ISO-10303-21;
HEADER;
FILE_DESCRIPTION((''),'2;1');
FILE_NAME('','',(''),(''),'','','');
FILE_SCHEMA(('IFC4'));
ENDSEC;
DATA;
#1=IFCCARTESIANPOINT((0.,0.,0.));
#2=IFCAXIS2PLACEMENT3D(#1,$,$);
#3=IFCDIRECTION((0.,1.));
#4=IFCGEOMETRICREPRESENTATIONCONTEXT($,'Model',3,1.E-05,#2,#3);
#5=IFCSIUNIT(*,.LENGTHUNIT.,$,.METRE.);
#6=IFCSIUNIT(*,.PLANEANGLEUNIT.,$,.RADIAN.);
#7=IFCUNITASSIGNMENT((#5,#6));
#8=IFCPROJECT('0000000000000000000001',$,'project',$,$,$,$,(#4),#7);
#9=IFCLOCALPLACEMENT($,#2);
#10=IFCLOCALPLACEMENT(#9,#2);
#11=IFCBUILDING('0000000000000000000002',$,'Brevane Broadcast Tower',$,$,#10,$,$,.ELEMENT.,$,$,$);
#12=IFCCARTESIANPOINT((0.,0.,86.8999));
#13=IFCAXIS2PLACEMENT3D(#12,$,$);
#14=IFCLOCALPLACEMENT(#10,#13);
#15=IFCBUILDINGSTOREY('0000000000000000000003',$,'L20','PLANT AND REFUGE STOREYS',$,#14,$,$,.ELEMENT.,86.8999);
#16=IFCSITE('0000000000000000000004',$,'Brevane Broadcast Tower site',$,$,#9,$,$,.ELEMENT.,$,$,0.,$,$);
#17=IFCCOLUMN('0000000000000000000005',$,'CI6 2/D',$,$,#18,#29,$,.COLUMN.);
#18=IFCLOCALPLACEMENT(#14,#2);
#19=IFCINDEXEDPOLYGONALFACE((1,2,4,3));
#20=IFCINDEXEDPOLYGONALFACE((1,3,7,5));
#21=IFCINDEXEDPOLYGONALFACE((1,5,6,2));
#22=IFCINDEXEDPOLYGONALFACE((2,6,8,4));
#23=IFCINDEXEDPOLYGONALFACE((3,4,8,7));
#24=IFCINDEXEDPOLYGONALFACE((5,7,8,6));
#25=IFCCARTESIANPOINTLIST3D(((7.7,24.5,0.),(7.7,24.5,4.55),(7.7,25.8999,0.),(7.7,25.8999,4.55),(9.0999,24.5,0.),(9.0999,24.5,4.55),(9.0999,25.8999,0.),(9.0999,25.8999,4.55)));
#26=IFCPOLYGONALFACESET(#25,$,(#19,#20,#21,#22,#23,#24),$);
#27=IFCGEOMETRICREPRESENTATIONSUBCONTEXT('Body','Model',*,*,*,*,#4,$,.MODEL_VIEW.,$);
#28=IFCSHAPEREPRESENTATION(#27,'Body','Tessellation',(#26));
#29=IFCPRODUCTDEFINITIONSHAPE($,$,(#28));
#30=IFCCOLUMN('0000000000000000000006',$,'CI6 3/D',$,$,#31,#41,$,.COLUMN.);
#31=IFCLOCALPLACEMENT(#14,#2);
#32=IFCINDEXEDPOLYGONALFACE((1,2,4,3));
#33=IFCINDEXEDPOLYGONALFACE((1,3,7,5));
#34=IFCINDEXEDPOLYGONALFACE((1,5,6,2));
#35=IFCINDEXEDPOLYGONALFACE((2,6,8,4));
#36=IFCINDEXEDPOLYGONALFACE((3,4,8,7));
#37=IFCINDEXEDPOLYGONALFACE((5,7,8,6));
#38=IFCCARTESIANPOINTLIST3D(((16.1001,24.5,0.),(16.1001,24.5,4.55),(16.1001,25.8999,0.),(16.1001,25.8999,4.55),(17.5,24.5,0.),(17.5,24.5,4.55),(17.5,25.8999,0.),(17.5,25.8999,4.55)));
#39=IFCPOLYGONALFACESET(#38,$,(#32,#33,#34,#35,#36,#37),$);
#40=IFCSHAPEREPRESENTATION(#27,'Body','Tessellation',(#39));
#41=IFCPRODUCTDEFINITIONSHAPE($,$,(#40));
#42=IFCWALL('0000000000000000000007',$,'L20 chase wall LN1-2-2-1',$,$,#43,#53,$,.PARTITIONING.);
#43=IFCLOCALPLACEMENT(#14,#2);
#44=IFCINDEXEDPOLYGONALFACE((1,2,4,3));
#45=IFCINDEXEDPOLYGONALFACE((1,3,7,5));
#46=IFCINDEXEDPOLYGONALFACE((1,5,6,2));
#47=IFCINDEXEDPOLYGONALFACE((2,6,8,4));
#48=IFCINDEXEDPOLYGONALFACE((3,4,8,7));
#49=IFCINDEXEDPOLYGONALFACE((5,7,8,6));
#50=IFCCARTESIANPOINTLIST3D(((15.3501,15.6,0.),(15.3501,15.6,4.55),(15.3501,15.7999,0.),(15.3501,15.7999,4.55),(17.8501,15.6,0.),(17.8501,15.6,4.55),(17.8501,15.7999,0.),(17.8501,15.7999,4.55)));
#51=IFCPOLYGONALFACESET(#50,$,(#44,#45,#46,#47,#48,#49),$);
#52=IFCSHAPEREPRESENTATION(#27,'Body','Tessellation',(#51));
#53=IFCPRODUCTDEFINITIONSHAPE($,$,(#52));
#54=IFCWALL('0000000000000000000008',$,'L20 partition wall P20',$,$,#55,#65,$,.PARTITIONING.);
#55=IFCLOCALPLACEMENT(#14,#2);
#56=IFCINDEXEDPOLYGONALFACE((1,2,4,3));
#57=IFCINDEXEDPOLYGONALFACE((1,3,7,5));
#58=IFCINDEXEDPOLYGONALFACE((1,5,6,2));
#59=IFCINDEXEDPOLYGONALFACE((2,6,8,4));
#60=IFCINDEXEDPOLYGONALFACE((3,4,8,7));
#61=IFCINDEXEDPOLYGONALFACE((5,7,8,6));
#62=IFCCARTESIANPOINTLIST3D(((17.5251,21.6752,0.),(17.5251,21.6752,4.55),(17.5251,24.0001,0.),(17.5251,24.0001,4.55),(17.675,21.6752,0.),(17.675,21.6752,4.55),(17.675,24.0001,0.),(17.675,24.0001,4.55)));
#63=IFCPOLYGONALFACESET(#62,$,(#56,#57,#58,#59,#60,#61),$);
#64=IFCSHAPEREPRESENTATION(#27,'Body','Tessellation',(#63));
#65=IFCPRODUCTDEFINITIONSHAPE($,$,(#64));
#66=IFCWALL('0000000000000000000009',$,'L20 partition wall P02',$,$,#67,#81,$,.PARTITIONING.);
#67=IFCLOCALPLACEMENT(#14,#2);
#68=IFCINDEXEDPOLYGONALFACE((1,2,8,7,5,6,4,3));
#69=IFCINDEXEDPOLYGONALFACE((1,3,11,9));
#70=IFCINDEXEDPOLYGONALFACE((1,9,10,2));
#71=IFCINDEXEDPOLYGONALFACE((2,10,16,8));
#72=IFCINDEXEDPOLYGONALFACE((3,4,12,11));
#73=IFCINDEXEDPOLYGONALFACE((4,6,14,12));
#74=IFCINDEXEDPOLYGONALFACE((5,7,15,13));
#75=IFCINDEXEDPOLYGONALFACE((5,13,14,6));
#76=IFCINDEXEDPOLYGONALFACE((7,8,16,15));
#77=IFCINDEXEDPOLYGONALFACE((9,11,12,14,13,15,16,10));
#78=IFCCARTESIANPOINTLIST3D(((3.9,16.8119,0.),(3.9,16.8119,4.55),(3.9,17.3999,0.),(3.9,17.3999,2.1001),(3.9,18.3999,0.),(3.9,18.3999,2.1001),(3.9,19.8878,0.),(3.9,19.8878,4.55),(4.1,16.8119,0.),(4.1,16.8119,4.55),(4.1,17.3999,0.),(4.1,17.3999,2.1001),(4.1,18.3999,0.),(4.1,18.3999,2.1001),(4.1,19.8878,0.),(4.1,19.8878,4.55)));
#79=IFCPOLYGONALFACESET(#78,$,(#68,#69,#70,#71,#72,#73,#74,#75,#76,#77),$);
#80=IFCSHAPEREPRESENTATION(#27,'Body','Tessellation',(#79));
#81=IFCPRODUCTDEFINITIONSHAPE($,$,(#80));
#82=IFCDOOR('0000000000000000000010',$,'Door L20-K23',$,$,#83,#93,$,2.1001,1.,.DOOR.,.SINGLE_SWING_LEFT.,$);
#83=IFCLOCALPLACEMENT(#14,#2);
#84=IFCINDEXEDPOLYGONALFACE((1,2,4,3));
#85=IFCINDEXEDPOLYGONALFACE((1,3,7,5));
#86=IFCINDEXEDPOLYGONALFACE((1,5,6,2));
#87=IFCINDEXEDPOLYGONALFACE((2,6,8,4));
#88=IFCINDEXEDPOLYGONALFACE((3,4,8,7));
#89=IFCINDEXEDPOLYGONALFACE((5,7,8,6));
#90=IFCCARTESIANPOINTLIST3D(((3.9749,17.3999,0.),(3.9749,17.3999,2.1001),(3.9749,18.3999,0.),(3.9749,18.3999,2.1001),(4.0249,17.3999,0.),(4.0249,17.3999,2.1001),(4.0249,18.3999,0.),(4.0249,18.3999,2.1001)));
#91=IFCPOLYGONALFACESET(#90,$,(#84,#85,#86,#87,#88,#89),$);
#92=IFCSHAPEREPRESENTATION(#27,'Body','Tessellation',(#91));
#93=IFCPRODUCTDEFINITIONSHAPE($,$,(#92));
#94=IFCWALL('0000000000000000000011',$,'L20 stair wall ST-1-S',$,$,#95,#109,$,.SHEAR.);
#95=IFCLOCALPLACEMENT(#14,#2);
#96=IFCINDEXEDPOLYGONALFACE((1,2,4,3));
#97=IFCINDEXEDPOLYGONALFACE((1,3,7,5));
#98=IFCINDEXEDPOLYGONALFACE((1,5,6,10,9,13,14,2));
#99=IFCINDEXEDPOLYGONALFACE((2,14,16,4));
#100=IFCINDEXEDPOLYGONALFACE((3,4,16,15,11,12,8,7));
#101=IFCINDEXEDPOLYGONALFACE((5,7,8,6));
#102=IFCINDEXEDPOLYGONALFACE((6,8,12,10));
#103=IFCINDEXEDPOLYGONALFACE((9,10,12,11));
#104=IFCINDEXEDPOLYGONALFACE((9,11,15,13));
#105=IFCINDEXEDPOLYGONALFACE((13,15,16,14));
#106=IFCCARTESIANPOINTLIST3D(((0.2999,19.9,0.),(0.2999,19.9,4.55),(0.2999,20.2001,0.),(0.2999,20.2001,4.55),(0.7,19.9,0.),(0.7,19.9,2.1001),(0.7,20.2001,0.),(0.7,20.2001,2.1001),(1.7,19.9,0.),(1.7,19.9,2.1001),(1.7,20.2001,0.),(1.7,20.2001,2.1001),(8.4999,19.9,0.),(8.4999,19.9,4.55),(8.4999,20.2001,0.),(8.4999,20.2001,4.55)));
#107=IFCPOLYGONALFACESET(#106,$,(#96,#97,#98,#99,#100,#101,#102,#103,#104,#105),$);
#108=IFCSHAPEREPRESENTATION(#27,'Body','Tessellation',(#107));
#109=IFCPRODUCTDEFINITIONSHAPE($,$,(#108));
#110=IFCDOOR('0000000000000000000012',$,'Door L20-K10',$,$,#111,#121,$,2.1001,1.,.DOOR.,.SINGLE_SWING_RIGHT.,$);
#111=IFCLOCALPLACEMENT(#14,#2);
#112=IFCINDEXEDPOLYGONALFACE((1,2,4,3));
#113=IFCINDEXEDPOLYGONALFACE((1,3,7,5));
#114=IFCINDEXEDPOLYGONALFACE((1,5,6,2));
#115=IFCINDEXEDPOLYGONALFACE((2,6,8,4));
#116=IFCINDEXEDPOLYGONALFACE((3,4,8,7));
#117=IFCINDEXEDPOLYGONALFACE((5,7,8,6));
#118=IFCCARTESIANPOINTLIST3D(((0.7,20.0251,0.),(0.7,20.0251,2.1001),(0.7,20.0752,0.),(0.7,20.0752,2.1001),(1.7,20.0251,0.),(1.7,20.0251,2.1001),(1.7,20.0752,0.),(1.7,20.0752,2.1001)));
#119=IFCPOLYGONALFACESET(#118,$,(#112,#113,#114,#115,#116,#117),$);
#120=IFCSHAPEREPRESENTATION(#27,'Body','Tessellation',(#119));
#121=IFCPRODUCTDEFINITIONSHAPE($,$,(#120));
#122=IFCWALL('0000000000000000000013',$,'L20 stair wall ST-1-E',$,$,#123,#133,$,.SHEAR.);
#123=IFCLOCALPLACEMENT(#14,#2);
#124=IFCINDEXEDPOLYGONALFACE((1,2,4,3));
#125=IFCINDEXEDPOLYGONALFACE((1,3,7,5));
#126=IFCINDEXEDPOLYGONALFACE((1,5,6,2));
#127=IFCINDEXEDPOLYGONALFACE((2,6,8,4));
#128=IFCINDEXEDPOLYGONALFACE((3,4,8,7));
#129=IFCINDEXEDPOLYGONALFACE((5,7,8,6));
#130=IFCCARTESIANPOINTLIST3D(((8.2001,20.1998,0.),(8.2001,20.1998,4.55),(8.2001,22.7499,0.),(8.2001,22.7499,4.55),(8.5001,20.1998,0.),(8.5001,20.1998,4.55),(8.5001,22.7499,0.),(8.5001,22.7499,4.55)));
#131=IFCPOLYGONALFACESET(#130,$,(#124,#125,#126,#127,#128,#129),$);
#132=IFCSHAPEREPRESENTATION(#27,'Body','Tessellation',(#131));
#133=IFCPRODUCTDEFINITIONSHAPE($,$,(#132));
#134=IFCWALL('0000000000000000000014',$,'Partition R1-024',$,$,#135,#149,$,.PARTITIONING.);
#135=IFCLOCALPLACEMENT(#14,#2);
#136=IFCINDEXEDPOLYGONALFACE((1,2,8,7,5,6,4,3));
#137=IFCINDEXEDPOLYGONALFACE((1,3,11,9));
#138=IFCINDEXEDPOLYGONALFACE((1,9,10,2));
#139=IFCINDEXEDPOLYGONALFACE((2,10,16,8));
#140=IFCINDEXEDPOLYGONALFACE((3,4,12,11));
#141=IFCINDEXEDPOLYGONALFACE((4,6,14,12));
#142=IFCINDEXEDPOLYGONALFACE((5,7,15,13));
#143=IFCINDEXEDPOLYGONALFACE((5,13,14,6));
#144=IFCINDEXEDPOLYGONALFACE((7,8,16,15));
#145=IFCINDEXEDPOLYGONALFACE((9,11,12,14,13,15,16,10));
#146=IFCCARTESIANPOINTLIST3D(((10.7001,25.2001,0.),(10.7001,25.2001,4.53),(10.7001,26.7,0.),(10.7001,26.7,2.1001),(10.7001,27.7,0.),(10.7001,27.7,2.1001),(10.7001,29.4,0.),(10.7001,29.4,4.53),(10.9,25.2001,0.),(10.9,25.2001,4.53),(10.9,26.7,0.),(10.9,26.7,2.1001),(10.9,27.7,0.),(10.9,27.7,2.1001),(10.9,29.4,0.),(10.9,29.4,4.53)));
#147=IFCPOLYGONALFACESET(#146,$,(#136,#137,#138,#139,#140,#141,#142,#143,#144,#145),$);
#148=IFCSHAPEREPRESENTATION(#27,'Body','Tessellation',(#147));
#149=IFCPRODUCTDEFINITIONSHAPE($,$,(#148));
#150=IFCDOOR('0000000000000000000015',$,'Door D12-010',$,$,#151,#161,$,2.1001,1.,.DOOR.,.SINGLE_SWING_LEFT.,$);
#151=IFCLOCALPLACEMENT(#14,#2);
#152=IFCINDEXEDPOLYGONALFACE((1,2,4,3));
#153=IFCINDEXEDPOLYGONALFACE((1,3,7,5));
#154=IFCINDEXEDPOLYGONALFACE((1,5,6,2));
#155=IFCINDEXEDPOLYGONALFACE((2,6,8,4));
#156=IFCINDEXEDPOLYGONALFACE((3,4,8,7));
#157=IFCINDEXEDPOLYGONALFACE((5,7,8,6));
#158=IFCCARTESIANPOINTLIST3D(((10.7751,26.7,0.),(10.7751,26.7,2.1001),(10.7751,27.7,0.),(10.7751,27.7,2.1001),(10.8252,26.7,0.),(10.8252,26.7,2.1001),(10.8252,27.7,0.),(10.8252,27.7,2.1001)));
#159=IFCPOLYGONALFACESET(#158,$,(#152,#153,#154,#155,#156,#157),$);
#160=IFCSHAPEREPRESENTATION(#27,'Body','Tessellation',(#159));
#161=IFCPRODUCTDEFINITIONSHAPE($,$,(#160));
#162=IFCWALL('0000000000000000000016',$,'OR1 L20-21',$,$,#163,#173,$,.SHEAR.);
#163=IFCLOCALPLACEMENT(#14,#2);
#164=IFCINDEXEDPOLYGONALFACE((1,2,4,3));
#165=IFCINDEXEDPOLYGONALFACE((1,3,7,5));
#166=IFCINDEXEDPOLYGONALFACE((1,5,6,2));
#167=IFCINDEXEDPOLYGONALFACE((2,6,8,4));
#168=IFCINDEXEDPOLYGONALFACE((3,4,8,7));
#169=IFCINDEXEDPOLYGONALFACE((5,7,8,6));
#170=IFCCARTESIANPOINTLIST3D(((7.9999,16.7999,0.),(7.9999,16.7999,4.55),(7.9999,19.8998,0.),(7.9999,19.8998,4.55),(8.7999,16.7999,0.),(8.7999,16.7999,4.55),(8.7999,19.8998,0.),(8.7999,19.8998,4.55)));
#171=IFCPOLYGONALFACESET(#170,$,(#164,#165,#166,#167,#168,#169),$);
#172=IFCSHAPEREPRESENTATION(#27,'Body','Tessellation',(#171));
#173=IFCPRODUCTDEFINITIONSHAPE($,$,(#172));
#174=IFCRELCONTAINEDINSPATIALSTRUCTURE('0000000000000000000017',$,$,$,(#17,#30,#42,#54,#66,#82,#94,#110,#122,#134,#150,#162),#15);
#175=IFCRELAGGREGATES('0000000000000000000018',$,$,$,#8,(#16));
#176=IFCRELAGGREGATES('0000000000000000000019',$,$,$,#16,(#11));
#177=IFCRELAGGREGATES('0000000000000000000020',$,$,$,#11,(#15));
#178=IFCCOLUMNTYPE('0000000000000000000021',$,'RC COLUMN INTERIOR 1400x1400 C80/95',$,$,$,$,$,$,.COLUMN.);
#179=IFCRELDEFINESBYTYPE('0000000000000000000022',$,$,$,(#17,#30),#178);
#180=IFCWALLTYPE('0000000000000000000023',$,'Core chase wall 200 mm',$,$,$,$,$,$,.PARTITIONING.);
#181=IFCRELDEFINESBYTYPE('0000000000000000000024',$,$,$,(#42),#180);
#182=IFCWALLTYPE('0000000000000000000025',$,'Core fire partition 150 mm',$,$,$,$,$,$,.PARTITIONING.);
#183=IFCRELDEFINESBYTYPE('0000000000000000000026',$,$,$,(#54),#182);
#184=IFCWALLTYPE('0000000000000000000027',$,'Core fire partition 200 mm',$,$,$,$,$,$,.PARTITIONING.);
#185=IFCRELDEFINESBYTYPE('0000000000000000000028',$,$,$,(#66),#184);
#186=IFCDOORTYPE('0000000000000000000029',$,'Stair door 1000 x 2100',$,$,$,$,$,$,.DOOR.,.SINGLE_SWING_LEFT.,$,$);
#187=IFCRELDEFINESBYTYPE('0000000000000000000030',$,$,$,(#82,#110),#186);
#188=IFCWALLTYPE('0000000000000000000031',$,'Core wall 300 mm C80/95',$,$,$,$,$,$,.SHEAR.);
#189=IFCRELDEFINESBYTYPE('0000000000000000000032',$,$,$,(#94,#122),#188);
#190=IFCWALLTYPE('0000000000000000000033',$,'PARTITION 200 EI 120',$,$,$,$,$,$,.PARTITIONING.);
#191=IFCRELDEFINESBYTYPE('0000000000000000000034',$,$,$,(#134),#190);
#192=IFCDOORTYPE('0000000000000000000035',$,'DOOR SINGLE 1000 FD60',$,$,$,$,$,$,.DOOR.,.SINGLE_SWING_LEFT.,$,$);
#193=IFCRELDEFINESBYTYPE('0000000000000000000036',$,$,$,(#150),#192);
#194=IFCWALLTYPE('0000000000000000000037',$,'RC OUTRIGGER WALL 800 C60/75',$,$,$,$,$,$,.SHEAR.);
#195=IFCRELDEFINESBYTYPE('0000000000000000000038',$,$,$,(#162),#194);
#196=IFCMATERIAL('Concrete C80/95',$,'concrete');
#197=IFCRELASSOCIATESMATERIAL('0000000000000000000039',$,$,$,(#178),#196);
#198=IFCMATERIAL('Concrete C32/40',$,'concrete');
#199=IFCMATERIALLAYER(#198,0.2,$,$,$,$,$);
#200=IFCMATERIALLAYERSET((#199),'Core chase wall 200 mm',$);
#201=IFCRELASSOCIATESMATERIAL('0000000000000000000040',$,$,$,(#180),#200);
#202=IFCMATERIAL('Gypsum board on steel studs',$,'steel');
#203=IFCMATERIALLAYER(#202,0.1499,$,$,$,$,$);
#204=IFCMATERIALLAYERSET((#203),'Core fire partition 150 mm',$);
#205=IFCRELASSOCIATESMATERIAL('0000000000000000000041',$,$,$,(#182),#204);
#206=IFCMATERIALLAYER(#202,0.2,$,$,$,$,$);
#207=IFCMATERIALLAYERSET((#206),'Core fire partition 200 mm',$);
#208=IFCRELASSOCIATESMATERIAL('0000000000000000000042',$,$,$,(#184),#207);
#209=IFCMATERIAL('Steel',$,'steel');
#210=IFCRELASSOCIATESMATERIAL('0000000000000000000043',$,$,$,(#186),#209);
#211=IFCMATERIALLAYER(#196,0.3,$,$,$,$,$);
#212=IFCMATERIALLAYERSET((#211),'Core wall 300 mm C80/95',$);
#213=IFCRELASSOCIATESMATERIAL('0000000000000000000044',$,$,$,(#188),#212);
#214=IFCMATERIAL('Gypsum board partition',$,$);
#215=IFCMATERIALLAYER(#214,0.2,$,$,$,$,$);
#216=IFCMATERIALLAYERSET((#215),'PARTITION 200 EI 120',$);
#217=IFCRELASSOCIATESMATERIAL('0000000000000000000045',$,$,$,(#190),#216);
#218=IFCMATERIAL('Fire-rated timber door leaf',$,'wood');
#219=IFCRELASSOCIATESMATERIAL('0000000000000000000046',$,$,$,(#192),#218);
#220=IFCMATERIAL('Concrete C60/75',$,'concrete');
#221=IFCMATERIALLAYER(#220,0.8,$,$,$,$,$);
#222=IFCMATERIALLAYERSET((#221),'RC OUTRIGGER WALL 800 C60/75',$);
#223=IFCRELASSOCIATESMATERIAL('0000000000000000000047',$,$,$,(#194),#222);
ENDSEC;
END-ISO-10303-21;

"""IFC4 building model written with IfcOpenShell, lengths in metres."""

from ifc_helpers import new_model, si_unit, direction, frame, frame_2d, origin, origin_2d, place, context, subcontext, project, spatial, rectangle, extrude, material, layer, layer_set, material_profile, profile_set, type_object, element, fill, save


model = new_model("IFC4")

# Units and contexts
model_context = context("Model", 3, precision=1e-05, world=origin(), true_north=direction((0.0, 1.0)))
body_context = subcontext(model_context, "Body", "Model", "MODEL_VIEW")
ifc_project = project(units=[si_unit("LENGTHUNIT", "METRE"), si_unit("PLANEANGLEUNIT", "RADIAN")], contexts=[model_context])

# Site, building, storey
site_placement = place(None, origin())
site = spatial("IfcSite", under=ifc_project, at=site_placement, Name="Brevane Broadcast Tower site", CompositionType="ELEMENT", RefElevation=0.0)
building_placement = place(site_placement, origin())
building = spatial("IfcBuilding", under=site, at=building_placement, Name="Brevane Broadcast Tower", CompositionType="ELEMENT")
storey_placement = place(building_placement, frame((0.0, 0.0, 86.8999)))
storey = spatial("IfcBuildingStorey", under=building, at=storey_placement, Name="L20", Description="PLANT AND REFUGE STOREYS", CompositionType="ELEMENT", Elevation=86.8999)

# Columns
ifc_material_1 = material(Name="Concrete C80/95", Category="concrete")
ifc_material_profile = material_profile(ifc_material_1, rectangle(XDim=1.3999, YDim=1.3999, at=origin_2d()), Name="RC 1400x1400")
ifc_profile_set = profile_set([ifc_material_profile], Name="Concrete C80/95")
column_type = type_object("IfcColumnType", Name="RC COLUMN INTERIOR 1400x1400 C80/95", PredefinedType="COLUMN", material=ifc_profile_set)
for number, where, z_axis, x_axis, name in (
    (1, (8.3999, 25.2, 0.0), (0.0, 0.0, 1.0), (1.0, 0.0, 0.0), "CI6 2/D"),
    (2, (16.8, 25.2, 0.0), (0.0, 0.0, 1.0), (1.0, 0.0, 0.0), "CI6 3/D"),
):
    element("IfcColumn", number, at=place(storey_placement, frame(where, z_axis=z_axis, x_axis=x_axis)), inside=storey, type_object=column_type, Name=name, PredefinedType="COLUMN", context=body_context, shape_type="SweptSolid", body=[
        extrude(rectangle(XDim=1.3999, YDim=1.3999, at=origin_2d()), origin(), (0.0, 0.0, 1.0), 4.55),
    ])

# Walls
ifc_material_2 = material(Name="Concrete C32/40", Category="concrete")
ifc_layer_1 = layer(ifc_material_2, 0.2)
ifc_layer_set_1 = layer_set([ifc_layer_1], Name="Core chase wall 200 mm")
wall_type_1 = type_object("IfcWallType", Name="Core chase wall 200 mm", PredefinedType="PARTITIONING", material=ifc_layer_set_1)
wall_1_placement = place(storey_placement, frame((15.3501, 15.7, 0.0), z_axis=(0.0, 0.0, 1.0), x_axis=(1.0, 0.0, 0.0)))
element("IfcWall", 3, at=wall_1_placement, inside=storey, type_object=wall_type_1, Name="L20 chase wall LN1-2-2-1", PredefinedType="PARTITIONING", context=body_context, shape_type="SweptSolid", body=[
    extrude(rectangle(XDim=2.5, YDim=0.2, at=frame_2d((1.25, 0.0))), origin(), (0.0, 0.0, 1.0), 4.55),
])
ifc_material_3 = material(Name="Gypsum board on steel studs", Category="steel")
ifc_layer_2 = layer(ifc_material_3, 0.1499)
ifc_layer_set_2 = layer_set([ifc_layer_2], Name="Core fire partition 150 mm")
wall_type_2 = type_object("IfcWallType", Name="Core fire partition 150 mm", PredefinedType="PARTITIONING", material=ifc_layer_set_2)
wall_2_placement = place(storey_placement, frame((17.6001, 21.675, 0.0), z_axis=(0.0, 0.0, 1.0), x_axis=(0.0, 1.0, 0.0)))
element("IfcWall", 4, at=wall_2_placement, inside=storey, type_object=wall_type_2, Name="L20 partition wall P20", PredefinedType="PARTITIONING", context=body_context, shape_type="SweptSolid", body=[
    extrude(rectangle(XDim=2.325, YDim=0.1499, at=frame_2d((1.1626, 0.0))), origin(), (0.0, 0.0, 1.0), 4.55),
])

# Walls, openings, doors
ifc_layer_3 = layer(ifc_material_3, 0.2)
ifc_layer_set_3 = layer_set([ifc_layer_3], Name="Core fire partition 200 mm")
wall_type_3 = type_object("IfcWallType", Name="Core fire partition 200 mm", PredefinedType="PARTITIONING", material=ifc_layer_set_3)
wall_3_placement = place(storey_placement, frame((4.0, 19.8879, 0.0), z_axis=(0.0, 0.0, 1.0), x_axis=(0.0, -1.0, 0.0)))
wall_3 = element("IfcWall", 5, at=wall_3_placement, inside=storey, type_object=wall_type_3, Name="L20 partition wall P02", PredefinedType="PARTITIONING", context=body_context, shape_type="SweptSolid", body=[
    extrude(rectangle(XDim=3.0759, YDim=0.2, at=frame_2d((1.5381, 0.0))), origin(), (0.0, 0.0, 1.0), 4.55),
])
opening_1_placement = place(wall_3_placement, frame((1.488, 0.0, 0.0)))
opening_1 = element("IfcOpeningElement", 6, at=opening_1_placement, cuts=wall_3, PredefinedType="OPENING", context=body_context, shape_type="SweptSolid", body=[
    extrude(rectangle(XDim=1.0, YDim=2.1001, at=frame_2d((0.5, 1.05))), frame((0.0, 0.1099, 0.0), z_axis=(0.0, -1.0, 0.0), x_axis=(1.0, 0.0, 0.0)), (0.0, 0.0, 1.0), 0.22),
])
ifc_material_4 = material(Name="Steel", Category="steel")
door_type_1 = type_object("IfcDoorType", Name="Stair door 1000 x 2100", OperationType="SINGLE_SWING_LEFT", PredefinedType="DOOR", material=ifc_material_4)
door_1_placement = place(opening_1_placement, origin())
door_1 = element("IfcDoor", 7, at=door_1_placement, inside=storey, type_object=door_type_1, Name="Door L20-K23", OperationType="SINGLE_SWING_LEFT", OverallHeight=2.1001, OverallWidth=1.0, PredefinedType="DOOR", context=body_context, shape_type="SweptSolid", body=[
    extrude(rectangle(XDim=1.0, YDim=2.1001, at=frame_2d((0.5, 1.05))), frame((0.0, 0.0249, 0.0), z_axis=(0.0, -1.0, 0.0), x_axis=(1.0, 0.0, 0.0)), (0.0, 0.0, 1.0), 0.05),
])
fill(opening_1, door_1)
ifc_layer_4 = layer(ifc_material_1, 0.3)
ifc_layer_set_4 = layer_set([ifc_layer_4], Name="Core wall 300 mm C80/95")
wall_type_4 = type_object("IfcWallType", Name="Core wall 300 mm C80/95", PredefinedType="SHEAR", material=ifc_layer_set_4)
wall_4_placement = place(storey_placement, frame((8.5, 20.05, 0.0), z_axis=(0.0, 0.0, 1.0), x_axis=(-1.0, 0.0, 0.0)))
wall_4 = element("IfcWall", 8, at=wall_4_placement, inside=storey, type_object=wall_type_4, Name="L20 stair wall ST-1-S", PredefinedType="SHEAR", context=body_context, shape_type="SweptSolid", body=[
    extrude(rectangle(XDim=8.2, YDim=0.3, at=frame_2d((4.1001, 0.0))), origin(), (0.0, 0.0, 1.0), 4.55),
])
opening_2_placement = place(wall_4_placement, frame((6.8, 0.0, 0.0)))
opening_2 = element("IfcOpeningElement", 9, at=opening_2_placement, cuts=wall_4, PredefinedType="OPENING", context=body_context, shape_type="SweptSolid", body=[
    extrude(rectangle(XDim=1.0, YDim=2.1001, at=frame_2d((0.5, 1.05))), frame((0.0, 0.1599, 0.0), z_axis=(0.0, -1.0, 0.0), x_axis=(1.0, 0.0, 0.0)), (0.0, 0.0, 1.0), 0.3201),
])
door_2_placement = place(opening_2_placement, origin())
door_2 = element("IfcDoor", 10, at=door_2_placement, inside=storey, type_object=door_type_1, Name="Door L20-K10", OperationType="SINGLE_SWING_RIGHT", OverallHeight=2.1001, OverallWidth=1.0, PredefinedType="DOOR", context=body_context, shape_type="SweptSolid", body=[
    extrude(rectangle(XDim=1.0, YDim=2.1001, at=frame_2d((0.5, 1.05))), frame((0.0, 0.0249, 0.0), z_axis=(0.0, -1.0, 0.0), x_axis=(1.0, 0.0, 0.0)), (0.0, 0.0, 1.0), 0.05),
])
fill(opening_2, door_2)

# Wall
wall_5_placement = place(storey_placement, frame((8.3501, 20.2, 0.0), z_axis=(0.0, 0.0, 1.0), x_axis=(0.0, 1.0, 0.0)))
element("IfcWall", 11, at=wall_5_placement, inside=storey, type_object=wall_type_4, Name="L20 stair wall ST-1-E", PredefinedType="SHEAR", context=body_context, shape_type="SweptSolid", body=[
    extrude(rectangle(XDim=2.55, YDim=0.3, at=frame_2d((1.2749, 0.0))), origin(), (0.0, 0.0, 1.0), 4.55),
])

# Wall, opening, door
ifc_material_5 = material(Name="Gypsum board partition")
ifc_layer_5 = layer(ifc_material_5, 0.2)
ifc_layer_set_5 = layer_set([ifc_layer_5], Name="PARTITION 200 EI 120")
wall_type_5 = type_object("IfcWallType", Name="PARTITION 200 EI 120", PredefinedType="PARTITIONING", material=ifc_layer_set_5)
wall_6_placement = place(storey_placement, frame((10.8, 25.2, 0.0), z_axis=(0.0, 0.0, 1.0), x_axis=(0.0, 1.0, 0.0)))
wall_6 = element("IfcWall", 12, at=wall_6_placement, inside=storey, type_object=wall_type_5, Name="Partition R1-024", PredefinedType="PARTITIONING", context=body_context, shape_type="SweptSolid", body=[
    extrude(rectangle(XDim=4.2, YDim=0.2, at=frame_2d((2.1001, 0.0))), origin(), (0.0, 0.0, 1.0), 4.53),
])
opening_3_placement = place(wall_6_placement, frame((1.5, 0.0, 0.0)))
opening_3 = element("IfcOpeningElement", 13, at=opening_3_placement, cuts=wall_6, PredefinedType="OPENING", context=body_context, shape_type="SweptSolid", body=[
    extrude(rectangle(XDim=1.0, YDim=2.1001, at=frame_2d((0.5, 1.05))), frame((0.0, 0.1099, 0.0), z_axis=(0.0, -1.0, 0.0), x_axis=(1.0, 0.0, 0.0)), (0.0, 0.0, 1.0), 0.22),
])
ifc_material_6 = material(Name="Fire-rated timber door leaf", Category="wood")
door_type_2 = type_object("IfcDoorType", Name="DOOR SINGLE 1000 FD60", OperationType="SINGLE_SWING_LEFT", PredefinedType="DOOR", material=ifc_material_6)
door_3_placement = place(opening_3_placement, origin())
door_3 = element("IfcDoor", 14, at=door_3_placement, inside=storey, type_object=door_type_2, Name="Door D12-010", OperationType="SINGLE_SWING_LEFT", OverallHeight=2.1001, OverallWidth=1.0, PredefinedType="DOOR", context=body_context, shape_type="SweptSolid", body=[
    extrude(rectangle(XDim=1.0, YDim=2.1001, at=frame_2d((0.5, 1.05))), frame((0.0, 0.0249, 0.0), z_axis=(0.0, -1.0, 0.0), x_axis=(1.0, 0.0, 0.0)), (0.0, 0.0, 1.0), 0.05),
])
fill(opening_3, door_3)

# Wall
ifc_material_7 = material(Name="Concrete C60/75", Category="concrete")
ifc_layer_6 = layer(ifc_material_7, 0.8)
ifc_layer_set_6 = layer_set([ifc_layer_6], Name="RC OUTRIGGER WALL 800 C60/75")
wall_type_6 = type_object("IfcWallType", Name="RC OUTRIGGER WALL 800 C60/75", PredefinedType="SHEAR", material=ifc_layer_set_6)
wall_7_placement = place(storey_placement, frame((8.3999, 16.8, 0.0), z_axis=(0.0, 0.0, 1.0), x_axis=(0.0, 1.0, 0.0)))
element("IfcWall", 15, at=wall_7_placement, inside=storey, type_object=wall_type_6, Name="OR1 L20-21", PredefinedType="SHEAR", context=body_context, shape_type="SweptSolid", body=[
    extrude(rectangle(XDim=3.0999, YDim=0.8, at=frame_2d((1.5498, 0.0))), origin(), (0.0, 0.0, 1.0), 4.55),
])

save(model, "model.ifc")
